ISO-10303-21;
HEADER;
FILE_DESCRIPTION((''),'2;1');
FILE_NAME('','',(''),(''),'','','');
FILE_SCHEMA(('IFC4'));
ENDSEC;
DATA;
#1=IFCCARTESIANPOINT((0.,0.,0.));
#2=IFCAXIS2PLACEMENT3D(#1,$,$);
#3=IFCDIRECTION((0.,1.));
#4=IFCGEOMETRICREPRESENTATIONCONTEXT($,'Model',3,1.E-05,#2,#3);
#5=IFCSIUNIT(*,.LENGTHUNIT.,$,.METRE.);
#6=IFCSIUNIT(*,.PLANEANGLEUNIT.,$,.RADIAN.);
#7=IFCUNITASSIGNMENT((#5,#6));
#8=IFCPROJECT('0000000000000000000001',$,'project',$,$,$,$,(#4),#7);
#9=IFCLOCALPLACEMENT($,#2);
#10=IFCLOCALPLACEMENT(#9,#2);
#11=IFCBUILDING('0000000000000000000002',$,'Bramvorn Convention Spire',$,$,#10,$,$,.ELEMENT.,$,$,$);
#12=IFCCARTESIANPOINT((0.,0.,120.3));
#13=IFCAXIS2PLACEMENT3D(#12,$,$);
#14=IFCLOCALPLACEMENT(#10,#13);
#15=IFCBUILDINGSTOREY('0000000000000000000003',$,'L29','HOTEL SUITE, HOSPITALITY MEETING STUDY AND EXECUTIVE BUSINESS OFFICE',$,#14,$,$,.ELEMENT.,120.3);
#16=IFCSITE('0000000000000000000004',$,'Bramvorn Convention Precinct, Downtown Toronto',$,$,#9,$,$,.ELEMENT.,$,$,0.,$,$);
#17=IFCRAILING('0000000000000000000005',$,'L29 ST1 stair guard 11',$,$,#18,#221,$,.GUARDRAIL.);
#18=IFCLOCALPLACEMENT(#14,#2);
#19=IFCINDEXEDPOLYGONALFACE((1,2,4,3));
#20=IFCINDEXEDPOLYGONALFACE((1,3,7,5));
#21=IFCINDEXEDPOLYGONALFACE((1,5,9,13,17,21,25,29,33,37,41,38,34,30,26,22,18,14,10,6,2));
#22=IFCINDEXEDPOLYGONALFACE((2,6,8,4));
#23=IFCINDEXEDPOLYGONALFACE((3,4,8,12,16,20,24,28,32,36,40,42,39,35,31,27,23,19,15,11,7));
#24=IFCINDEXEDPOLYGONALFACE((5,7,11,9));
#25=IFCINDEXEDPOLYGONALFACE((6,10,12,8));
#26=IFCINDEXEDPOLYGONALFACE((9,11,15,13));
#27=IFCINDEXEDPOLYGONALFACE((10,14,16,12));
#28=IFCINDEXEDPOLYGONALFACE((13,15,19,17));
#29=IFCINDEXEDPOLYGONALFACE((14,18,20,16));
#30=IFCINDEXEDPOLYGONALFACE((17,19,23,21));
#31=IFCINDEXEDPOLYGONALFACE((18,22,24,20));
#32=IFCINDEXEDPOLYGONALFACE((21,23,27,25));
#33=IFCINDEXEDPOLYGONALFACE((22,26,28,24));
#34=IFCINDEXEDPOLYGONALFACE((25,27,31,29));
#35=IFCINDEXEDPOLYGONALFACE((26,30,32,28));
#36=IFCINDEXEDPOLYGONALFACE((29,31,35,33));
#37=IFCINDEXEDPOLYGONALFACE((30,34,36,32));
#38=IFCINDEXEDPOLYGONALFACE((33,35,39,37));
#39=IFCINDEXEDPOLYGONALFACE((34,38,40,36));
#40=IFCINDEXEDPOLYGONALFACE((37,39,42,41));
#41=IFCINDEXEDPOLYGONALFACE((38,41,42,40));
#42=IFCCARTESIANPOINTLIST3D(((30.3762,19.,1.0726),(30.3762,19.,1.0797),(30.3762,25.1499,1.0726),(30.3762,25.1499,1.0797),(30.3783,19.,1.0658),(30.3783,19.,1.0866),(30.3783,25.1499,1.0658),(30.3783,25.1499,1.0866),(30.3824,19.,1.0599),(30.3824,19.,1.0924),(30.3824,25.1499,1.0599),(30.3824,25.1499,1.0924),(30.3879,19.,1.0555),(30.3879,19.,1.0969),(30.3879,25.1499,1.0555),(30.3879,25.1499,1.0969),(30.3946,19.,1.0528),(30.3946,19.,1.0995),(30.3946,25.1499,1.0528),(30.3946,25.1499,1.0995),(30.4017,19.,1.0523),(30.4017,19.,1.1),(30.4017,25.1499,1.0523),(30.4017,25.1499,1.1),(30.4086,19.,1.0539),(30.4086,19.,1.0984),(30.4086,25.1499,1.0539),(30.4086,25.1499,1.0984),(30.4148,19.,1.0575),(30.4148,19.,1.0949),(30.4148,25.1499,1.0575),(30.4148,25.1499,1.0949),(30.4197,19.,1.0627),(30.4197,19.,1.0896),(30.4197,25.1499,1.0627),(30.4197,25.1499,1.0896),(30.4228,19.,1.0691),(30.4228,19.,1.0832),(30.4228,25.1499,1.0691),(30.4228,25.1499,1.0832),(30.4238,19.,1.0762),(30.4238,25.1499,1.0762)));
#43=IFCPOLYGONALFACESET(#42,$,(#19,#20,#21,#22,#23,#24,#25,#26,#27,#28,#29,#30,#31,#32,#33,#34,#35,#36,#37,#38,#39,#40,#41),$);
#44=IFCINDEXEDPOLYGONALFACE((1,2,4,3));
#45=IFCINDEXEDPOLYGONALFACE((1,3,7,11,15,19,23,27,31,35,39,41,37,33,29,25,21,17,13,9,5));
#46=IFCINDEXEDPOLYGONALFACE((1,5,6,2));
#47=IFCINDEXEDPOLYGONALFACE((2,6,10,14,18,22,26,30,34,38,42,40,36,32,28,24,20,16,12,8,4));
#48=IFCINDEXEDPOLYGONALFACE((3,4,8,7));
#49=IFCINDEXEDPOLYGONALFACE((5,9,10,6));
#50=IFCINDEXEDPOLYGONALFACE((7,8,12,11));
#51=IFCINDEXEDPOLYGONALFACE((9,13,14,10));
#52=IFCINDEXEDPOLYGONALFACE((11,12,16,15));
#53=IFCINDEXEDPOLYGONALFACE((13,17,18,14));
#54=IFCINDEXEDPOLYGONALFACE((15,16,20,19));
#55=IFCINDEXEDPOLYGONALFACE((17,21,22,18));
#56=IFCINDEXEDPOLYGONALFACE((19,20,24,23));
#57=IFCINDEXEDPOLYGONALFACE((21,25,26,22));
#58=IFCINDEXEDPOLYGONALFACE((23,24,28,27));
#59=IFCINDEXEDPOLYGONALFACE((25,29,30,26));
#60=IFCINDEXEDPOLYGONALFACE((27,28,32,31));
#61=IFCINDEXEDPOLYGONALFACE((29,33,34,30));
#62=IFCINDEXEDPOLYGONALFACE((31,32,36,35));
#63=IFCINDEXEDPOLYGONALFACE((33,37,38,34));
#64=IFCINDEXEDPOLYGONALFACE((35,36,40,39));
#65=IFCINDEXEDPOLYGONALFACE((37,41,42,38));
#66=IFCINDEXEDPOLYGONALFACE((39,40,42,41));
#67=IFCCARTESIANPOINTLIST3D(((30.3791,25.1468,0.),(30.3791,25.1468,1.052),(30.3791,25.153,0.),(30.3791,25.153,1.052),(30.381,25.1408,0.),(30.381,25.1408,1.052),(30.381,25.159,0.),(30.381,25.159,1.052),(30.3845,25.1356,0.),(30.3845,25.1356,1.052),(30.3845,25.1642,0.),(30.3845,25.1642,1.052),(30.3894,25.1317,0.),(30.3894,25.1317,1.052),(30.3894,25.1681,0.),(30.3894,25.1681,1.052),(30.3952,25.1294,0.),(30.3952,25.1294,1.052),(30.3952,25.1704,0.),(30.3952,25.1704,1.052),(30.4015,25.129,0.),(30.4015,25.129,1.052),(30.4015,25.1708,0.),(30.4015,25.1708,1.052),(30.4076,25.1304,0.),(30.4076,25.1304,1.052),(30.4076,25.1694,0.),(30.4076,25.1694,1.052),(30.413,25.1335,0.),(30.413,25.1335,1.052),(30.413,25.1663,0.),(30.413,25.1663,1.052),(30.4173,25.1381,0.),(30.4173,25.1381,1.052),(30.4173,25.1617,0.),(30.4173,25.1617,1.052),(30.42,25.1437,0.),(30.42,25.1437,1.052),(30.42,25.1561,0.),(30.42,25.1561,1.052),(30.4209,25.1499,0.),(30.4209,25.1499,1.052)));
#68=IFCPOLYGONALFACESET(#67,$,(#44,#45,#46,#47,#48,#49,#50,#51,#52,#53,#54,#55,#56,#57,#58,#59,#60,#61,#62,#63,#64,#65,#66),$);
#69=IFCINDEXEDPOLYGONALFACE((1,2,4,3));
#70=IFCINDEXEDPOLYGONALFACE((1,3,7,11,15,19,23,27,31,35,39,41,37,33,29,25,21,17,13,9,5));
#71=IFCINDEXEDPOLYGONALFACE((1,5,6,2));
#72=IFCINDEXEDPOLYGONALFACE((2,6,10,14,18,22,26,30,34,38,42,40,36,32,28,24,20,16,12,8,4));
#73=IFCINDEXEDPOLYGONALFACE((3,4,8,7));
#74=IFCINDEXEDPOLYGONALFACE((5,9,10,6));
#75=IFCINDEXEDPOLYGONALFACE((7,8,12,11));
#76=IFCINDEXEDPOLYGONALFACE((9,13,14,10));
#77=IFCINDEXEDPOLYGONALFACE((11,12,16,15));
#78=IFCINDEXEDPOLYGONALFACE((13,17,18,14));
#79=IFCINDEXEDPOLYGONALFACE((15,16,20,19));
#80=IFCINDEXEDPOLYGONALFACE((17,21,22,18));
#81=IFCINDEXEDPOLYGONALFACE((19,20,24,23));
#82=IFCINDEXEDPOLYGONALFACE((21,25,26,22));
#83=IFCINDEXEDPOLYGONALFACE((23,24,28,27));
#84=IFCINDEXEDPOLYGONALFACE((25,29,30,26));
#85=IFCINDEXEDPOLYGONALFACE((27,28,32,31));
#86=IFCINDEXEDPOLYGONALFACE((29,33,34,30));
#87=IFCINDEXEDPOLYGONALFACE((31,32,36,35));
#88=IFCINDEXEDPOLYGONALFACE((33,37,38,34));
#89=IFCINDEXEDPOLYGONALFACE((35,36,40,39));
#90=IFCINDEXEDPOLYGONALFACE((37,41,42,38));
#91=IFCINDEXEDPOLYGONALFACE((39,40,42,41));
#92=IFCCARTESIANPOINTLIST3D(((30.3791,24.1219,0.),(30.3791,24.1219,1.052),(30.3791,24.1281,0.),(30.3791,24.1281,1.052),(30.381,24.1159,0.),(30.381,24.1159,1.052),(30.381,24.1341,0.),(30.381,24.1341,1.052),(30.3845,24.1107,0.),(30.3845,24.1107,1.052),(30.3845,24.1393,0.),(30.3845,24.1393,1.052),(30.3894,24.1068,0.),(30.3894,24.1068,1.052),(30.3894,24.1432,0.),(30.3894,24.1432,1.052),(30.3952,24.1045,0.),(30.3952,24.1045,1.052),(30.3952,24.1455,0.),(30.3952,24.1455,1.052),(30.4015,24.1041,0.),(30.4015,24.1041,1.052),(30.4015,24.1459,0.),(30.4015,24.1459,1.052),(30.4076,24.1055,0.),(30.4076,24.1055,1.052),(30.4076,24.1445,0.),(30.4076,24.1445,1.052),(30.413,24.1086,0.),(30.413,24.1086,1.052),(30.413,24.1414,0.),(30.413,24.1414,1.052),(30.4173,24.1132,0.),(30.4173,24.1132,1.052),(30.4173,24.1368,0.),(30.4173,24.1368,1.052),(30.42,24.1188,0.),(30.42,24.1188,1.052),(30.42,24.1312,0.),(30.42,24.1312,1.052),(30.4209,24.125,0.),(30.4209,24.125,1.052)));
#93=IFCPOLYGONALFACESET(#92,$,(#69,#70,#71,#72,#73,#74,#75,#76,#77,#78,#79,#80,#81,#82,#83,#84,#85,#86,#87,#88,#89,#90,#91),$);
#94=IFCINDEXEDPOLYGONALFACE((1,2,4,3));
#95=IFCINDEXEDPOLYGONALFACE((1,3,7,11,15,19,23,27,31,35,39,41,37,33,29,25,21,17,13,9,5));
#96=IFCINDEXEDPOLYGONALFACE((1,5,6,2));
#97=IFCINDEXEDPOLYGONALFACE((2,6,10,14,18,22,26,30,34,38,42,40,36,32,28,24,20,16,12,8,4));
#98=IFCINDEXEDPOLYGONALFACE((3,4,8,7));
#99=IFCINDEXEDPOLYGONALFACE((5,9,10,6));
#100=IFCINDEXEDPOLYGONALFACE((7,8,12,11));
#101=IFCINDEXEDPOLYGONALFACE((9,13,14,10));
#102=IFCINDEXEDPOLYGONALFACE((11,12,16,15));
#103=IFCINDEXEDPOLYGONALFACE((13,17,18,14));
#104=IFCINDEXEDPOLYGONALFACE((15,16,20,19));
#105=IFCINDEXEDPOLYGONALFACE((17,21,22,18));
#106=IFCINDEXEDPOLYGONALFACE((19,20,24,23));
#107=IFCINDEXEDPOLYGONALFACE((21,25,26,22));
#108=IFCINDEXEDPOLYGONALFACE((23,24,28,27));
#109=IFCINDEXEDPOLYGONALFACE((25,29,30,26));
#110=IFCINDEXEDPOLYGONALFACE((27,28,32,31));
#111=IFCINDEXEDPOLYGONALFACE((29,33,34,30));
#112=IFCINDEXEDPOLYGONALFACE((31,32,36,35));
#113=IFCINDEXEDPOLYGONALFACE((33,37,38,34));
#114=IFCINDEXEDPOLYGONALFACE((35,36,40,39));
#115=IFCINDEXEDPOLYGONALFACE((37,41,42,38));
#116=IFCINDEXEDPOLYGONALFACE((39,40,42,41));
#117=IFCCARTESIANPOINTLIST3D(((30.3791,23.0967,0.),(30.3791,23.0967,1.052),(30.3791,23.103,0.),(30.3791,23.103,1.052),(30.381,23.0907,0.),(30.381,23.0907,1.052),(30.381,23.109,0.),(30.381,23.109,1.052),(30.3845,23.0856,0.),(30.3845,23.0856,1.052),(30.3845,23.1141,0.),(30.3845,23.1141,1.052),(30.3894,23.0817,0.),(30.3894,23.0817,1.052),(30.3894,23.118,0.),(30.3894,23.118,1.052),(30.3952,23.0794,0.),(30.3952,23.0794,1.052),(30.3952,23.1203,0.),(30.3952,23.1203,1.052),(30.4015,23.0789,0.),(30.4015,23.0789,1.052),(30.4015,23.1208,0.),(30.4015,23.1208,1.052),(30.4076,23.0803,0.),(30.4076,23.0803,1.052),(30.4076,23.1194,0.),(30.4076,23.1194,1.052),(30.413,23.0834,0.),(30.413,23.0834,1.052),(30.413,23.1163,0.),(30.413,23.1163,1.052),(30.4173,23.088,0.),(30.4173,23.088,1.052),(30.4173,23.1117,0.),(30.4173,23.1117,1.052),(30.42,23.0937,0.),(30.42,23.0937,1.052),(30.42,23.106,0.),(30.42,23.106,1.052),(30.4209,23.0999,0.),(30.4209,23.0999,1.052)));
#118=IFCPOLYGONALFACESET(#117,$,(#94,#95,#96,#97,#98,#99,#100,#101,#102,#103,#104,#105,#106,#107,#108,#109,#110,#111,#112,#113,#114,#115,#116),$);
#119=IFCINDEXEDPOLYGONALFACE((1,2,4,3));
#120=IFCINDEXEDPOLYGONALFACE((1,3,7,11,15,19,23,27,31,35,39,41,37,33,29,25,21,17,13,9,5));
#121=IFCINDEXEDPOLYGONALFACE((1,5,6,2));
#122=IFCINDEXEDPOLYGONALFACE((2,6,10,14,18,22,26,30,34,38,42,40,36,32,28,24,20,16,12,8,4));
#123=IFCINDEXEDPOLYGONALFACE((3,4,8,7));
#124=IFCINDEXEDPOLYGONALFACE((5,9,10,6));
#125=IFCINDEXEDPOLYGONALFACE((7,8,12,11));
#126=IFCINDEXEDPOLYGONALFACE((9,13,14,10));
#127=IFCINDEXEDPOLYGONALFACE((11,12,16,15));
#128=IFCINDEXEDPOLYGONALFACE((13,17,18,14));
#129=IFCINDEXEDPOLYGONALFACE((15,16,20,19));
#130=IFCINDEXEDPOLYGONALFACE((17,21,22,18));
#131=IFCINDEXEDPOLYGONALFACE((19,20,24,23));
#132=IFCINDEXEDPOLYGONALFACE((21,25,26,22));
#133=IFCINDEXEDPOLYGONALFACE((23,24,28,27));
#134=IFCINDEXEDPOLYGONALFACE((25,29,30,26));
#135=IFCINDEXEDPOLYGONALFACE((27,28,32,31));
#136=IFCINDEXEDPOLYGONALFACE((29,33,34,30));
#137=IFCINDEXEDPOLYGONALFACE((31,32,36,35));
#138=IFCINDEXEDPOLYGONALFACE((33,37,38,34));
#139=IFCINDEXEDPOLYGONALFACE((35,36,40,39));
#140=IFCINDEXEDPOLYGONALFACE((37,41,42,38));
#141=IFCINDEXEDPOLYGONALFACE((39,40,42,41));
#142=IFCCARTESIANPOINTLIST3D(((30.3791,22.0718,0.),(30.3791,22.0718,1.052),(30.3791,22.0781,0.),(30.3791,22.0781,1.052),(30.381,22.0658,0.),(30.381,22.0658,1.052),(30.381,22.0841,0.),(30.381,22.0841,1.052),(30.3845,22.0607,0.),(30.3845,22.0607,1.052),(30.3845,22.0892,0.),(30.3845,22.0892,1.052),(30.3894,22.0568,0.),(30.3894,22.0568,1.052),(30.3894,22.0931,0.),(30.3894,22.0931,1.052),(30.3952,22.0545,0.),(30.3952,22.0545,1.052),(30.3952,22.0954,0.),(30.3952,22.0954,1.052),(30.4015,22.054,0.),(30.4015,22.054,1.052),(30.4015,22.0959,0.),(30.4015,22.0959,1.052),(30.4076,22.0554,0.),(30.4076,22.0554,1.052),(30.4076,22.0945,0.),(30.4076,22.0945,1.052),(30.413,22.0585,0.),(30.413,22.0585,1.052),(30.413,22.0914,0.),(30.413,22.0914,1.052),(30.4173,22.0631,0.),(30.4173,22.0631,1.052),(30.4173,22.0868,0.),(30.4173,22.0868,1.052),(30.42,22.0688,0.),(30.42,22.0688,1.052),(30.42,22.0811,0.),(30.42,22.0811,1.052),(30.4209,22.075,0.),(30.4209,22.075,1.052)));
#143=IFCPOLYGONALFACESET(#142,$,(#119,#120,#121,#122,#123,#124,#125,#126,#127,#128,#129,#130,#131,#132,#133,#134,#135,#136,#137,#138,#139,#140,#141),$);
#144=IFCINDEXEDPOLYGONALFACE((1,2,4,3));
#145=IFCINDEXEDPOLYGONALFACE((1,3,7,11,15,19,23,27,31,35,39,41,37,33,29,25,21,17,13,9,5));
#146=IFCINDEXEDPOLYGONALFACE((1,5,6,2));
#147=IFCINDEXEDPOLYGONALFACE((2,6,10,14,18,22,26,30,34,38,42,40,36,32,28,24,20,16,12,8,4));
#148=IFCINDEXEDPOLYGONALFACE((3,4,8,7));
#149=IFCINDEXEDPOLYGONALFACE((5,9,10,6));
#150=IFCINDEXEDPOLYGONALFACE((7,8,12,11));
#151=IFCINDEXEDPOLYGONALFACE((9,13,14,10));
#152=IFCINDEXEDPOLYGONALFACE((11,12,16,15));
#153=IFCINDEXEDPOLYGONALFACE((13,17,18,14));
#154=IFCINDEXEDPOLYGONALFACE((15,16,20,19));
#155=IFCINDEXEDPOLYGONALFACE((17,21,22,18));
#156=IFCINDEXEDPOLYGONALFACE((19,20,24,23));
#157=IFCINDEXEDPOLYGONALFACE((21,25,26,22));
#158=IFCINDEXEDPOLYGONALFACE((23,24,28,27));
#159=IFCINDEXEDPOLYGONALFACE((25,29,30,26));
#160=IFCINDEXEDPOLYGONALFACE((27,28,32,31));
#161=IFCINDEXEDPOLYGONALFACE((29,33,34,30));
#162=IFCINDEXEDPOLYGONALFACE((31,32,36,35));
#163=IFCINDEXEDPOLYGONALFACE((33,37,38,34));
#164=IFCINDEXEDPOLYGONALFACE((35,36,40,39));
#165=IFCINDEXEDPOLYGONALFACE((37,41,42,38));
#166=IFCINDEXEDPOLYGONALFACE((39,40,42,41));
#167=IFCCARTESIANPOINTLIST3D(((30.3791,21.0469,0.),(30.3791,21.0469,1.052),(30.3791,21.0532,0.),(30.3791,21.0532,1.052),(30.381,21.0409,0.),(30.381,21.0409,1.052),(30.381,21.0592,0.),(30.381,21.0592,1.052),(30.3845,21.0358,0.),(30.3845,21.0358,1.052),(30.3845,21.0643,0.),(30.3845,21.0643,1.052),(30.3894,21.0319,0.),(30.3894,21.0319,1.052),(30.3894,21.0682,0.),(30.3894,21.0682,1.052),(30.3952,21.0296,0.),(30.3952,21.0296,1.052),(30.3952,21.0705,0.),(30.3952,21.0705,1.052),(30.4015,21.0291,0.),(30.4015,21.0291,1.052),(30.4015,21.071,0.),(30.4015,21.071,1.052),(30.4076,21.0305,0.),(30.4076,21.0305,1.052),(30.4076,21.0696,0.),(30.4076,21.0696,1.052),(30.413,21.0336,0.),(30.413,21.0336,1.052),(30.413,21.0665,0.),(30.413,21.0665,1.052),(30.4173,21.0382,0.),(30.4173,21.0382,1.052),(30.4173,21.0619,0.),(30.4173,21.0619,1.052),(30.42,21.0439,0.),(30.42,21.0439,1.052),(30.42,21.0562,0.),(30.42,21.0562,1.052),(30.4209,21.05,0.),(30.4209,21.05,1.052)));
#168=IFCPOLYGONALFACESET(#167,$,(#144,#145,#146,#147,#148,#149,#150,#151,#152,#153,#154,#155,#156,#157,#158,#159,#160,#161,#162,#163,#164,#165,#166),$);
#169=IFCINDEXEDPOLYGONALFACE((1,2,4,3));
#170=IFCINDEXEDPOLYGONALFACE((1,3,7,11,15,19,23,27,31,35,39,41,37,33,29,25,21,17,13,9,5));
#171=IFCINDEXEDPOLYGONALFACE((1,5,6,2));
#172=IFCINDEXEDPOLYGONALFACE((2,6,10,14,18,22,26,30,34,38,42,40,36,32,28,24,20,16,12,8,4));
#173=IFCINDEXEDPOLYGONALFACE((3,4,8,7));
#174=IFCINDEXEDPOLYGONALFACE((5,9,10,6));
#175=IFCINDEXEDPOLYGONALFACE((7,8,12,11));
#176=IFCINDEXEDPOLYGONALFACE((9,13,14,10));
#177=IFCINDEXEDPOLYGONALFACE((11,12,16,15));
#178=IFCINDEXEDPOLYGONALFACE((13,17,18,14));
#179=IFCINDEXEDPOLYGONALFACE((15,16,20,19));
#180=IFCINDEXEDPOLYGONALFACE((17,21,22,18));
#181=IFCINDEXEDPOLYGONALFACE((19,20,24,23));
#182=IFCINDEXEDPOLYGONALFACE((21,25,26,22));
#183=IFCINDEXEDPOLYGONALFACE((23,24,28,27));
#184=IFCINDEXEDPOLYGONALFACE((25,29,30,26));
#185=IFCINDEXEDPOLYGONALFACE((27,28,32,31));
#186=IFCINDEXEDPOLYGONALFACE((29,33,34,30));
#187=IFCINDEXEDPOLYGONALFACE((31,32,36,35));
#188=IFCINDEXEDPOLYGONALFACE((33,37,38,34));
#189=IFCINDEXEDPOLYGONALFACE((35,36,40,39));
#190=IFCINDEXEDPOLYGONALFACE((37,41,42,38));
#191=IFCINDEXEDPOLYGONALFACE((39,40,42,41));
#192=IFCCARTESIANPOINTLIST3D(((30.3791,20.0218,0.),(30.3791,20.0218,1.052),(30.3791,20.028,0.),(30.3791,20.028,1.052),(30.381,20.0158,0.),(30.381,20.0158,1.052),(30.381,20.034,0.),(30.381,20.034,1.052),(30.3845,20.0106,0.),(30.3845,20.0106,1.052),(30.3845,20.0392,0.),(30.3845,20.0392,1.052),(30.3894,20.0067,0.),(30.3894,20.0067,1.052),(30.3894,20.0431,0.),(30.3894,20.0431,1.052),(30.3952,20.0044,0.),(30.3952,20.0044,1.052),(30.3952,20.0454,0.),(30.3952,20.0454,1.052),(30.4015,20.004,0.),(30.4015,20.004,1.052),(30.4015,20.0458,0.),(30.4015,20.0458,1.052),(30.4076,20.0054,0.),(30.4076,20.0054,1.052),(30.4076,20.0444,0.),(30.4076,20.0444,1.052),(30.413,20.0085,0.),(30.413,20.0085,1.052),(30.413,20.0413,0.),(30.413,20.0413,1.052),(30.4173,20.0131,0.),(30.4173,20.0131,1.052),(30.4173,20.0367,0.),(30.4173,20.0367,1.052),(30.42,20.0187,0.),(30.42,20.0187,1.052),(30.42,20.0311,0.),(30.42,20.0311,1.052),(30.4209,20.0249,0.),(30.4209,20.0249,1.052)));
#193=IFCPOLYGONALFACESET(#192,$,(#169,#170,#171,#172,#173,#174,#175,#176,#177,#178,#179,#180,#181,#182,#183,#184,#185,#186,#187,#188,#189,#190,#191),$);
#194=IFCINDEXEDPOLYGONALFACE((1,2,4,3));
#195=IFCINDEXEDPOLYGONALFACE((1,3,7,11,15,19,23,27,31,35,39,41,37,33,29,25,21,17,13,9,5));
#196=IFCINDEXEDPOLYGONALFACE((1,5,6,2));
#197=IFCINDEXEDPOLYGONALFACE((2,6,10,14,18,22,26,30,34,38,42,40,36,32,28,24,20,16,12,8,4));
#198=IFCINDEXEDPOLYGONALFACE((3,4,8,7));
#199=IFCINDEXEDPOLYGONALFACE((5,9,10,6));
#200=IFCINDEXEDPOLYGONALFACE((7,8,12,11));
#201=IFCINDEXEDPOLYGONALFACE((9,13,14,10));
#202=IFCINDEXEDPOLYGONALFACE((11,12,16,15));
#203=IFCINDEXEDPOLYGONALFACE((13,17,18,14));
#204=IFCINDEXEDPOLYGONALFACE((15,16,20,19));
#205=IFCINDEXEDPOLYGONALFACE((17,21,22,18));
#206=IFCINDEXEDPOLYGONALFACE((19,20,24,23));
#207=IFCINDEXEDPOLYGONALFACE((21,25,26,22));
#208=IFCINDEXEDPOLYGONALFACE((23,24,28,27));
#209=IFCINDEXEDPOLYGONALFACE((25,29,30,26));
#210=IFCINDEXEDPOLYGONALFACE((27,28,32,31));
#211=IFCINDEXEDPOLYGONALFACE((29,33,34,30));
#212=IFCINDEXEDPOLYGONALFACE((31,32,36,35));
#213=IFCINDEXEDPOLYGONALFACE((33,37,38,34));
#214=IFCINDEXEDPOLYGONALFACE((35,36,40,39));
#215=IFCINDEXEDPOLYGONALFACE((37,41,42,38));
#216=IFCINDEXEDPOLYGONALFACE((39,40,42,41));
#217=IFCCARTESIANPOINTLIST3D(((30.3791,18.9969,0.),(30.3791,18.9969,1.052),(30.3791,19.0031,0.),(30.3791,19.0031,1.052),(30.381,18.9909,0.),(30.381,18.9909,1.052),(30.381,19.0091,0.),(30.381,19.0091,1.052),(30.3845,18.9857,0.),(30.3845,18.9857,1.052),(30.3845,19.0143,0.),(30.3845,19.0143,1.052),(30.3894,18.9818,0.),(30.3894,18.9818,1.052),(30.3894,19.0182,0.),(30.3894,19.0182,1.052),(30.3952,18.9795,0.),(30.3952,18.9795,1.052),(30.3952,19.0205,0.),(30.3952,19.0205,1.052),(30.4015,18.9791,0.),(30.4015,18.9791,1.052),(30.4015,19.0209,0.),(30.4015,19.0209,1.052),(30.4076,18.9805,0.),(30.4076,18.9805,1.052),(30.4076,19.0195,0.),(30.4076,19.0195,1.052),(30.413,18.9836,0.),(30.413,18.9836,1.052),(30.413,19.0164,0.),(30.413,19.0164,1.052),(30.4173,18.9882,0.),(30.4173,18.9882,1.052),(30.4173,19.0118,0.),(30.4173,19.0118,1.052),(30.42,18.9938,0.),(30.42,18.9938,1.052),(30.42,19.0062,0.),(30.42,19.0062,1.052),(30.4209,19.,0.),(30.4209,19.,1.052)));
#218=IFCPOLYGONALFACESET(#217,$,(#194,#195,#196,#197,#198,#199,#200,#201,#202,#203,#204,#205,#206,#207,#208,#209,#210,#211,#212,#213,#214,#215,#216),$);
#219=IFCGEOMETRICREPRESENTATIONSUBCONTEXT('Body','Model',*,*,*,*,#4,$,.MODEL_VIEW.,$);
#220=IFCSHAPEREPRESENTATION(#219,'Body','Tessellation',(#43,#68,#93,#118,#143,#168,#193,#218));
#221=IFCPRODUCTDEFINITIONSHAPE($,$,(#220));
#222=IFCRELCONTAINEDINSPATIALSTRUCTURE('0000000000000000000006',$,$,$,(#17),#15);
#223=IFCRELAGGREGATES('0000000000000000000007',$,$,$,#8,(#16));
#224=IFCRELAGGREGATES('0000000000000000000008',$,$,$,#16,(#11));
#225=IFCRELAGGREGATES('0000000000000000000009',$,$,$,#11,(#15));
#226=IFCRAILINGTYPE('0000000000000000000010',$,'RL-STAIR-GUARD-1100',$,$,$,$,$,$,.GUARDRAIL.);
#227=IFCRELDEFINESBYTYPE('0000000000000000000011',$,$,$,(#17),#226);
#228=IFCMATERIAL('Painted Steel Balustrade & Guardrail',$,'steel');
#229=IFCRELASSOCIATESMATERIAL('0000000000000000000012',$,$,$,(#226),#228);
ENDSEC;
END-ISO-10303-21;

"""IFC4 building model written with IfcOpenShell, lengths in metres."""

from ifc_helpers import new_model, si_unit, direction, frame, origin, origin_2d, place, context, subcontext, project, spatial, circle, extrude, material, type_object, element, save


model = new_model("IFC4")

# Units and contexts
model_context = context("Model", 3, precision=1e-05, world=origin(), true_north=direction((0.0, 1.0)))
body_context = subcontext(model_context, "Body", "Model", "MODEL_VIEW")
ifc_project = project(units=[si_unit("LENGTHUNIT", "METRE"), si_unit("PLANEANGLEUNIT", "RADIAN")], contexts=[model_context])

# Site, building, storey
site_placement = place(None, origin())
site = spatial("IfcSite", under=ifc_project, at=site_placement, Name="Bramvorn Convention Precinct, Downtown Toronto", CompositionType="ELEMENT", RefElevation=0.0)
building_placement = place(site_placement, origin())
building = spatial("IfcBuilding", under=site, at=building_placement, Name="Bramvorn Convention Spire", CompositionType="ELEMENT")
storey_placement = place(building_placement, frame((0.0, 0.0, 120.3)))
storey = spatial("IfcBuildingStorey", under=building, at=storey_placement, Name="L29", Description="HOTEL SUITE, HOSPITALITY MEETING STUDY AND EXECUTIVE BUSINESS OFFICE", CompositionType="ELEMENT", Elevation=120.3)

# Railing
ifc_material_1 = material(Name="Painted Steel Balustrade & Guardrail", Category="steel")
railing_type = type_object("IfcRailingType", Name="RL-STAIR-GUARD-1100", PredefinedType="GUARDRAIL", material=ifc_material_1)
railing_1_placement = place(storey_placement, frame((30.3999, 25.1499, 0.0)))
element("IfcRailing", 1, at=railing_1_placement, inside=storey, type_object=railing_type, Name="L29 ST1 stair guard 11", PredefinedType="GUARDRAIL", context=body_context, shape_type="SweptSolid", body=[
    extrude(circle(Radius=0.0239, at=origin_2d()), frame((0.0, 0.0, 1.0762), z_axis=(0.0, -1.0, 0.0), x_axis=(1.0, 0.0, 0.0)), (0.0, 0.0, 1.0), 6.1499),
    extrude(circle(Radius=0.021, at=origin_2d()), origin(), (0.0, 0.0, 1.0), 1.052),
    extrude(circle(Radius=0.021, at=origin_2d()), frame((0.0, -1.0249, 0.0)), (0.0, 0.0, 1.0), 1.052),
    extrude(circle(Radius=0.021, at=origin_2d()), frame((0.0, -2.05, 0.0)), (0.0, 0.0, 1.0), 1.052),
    extrude(circle(Radius=0.021, at=origin_2d()), frame((0.0, -3.075, 0.0)), (0.0, 0.0, 1.0), 1.052),
    extrude(circle(Radius=0.021, at=origin_2d()), frame((0.0, -4.0999, 0.0)), (0.0, 0.0, 1.0), 1.052),
    extrude(circle(Radius=0.021, at=origin_2d()), frame((0.0, -5.125, 0.0)), (0.0, 0.0, 1.0), 1.052),
    extrude(circle(Radius=0.021, at=origin_2d()), frame((0.0, -6.1499, 0.0)), (0.0, 0.0, 1.0), 1.052),
])

save(model, "model.ifc")
